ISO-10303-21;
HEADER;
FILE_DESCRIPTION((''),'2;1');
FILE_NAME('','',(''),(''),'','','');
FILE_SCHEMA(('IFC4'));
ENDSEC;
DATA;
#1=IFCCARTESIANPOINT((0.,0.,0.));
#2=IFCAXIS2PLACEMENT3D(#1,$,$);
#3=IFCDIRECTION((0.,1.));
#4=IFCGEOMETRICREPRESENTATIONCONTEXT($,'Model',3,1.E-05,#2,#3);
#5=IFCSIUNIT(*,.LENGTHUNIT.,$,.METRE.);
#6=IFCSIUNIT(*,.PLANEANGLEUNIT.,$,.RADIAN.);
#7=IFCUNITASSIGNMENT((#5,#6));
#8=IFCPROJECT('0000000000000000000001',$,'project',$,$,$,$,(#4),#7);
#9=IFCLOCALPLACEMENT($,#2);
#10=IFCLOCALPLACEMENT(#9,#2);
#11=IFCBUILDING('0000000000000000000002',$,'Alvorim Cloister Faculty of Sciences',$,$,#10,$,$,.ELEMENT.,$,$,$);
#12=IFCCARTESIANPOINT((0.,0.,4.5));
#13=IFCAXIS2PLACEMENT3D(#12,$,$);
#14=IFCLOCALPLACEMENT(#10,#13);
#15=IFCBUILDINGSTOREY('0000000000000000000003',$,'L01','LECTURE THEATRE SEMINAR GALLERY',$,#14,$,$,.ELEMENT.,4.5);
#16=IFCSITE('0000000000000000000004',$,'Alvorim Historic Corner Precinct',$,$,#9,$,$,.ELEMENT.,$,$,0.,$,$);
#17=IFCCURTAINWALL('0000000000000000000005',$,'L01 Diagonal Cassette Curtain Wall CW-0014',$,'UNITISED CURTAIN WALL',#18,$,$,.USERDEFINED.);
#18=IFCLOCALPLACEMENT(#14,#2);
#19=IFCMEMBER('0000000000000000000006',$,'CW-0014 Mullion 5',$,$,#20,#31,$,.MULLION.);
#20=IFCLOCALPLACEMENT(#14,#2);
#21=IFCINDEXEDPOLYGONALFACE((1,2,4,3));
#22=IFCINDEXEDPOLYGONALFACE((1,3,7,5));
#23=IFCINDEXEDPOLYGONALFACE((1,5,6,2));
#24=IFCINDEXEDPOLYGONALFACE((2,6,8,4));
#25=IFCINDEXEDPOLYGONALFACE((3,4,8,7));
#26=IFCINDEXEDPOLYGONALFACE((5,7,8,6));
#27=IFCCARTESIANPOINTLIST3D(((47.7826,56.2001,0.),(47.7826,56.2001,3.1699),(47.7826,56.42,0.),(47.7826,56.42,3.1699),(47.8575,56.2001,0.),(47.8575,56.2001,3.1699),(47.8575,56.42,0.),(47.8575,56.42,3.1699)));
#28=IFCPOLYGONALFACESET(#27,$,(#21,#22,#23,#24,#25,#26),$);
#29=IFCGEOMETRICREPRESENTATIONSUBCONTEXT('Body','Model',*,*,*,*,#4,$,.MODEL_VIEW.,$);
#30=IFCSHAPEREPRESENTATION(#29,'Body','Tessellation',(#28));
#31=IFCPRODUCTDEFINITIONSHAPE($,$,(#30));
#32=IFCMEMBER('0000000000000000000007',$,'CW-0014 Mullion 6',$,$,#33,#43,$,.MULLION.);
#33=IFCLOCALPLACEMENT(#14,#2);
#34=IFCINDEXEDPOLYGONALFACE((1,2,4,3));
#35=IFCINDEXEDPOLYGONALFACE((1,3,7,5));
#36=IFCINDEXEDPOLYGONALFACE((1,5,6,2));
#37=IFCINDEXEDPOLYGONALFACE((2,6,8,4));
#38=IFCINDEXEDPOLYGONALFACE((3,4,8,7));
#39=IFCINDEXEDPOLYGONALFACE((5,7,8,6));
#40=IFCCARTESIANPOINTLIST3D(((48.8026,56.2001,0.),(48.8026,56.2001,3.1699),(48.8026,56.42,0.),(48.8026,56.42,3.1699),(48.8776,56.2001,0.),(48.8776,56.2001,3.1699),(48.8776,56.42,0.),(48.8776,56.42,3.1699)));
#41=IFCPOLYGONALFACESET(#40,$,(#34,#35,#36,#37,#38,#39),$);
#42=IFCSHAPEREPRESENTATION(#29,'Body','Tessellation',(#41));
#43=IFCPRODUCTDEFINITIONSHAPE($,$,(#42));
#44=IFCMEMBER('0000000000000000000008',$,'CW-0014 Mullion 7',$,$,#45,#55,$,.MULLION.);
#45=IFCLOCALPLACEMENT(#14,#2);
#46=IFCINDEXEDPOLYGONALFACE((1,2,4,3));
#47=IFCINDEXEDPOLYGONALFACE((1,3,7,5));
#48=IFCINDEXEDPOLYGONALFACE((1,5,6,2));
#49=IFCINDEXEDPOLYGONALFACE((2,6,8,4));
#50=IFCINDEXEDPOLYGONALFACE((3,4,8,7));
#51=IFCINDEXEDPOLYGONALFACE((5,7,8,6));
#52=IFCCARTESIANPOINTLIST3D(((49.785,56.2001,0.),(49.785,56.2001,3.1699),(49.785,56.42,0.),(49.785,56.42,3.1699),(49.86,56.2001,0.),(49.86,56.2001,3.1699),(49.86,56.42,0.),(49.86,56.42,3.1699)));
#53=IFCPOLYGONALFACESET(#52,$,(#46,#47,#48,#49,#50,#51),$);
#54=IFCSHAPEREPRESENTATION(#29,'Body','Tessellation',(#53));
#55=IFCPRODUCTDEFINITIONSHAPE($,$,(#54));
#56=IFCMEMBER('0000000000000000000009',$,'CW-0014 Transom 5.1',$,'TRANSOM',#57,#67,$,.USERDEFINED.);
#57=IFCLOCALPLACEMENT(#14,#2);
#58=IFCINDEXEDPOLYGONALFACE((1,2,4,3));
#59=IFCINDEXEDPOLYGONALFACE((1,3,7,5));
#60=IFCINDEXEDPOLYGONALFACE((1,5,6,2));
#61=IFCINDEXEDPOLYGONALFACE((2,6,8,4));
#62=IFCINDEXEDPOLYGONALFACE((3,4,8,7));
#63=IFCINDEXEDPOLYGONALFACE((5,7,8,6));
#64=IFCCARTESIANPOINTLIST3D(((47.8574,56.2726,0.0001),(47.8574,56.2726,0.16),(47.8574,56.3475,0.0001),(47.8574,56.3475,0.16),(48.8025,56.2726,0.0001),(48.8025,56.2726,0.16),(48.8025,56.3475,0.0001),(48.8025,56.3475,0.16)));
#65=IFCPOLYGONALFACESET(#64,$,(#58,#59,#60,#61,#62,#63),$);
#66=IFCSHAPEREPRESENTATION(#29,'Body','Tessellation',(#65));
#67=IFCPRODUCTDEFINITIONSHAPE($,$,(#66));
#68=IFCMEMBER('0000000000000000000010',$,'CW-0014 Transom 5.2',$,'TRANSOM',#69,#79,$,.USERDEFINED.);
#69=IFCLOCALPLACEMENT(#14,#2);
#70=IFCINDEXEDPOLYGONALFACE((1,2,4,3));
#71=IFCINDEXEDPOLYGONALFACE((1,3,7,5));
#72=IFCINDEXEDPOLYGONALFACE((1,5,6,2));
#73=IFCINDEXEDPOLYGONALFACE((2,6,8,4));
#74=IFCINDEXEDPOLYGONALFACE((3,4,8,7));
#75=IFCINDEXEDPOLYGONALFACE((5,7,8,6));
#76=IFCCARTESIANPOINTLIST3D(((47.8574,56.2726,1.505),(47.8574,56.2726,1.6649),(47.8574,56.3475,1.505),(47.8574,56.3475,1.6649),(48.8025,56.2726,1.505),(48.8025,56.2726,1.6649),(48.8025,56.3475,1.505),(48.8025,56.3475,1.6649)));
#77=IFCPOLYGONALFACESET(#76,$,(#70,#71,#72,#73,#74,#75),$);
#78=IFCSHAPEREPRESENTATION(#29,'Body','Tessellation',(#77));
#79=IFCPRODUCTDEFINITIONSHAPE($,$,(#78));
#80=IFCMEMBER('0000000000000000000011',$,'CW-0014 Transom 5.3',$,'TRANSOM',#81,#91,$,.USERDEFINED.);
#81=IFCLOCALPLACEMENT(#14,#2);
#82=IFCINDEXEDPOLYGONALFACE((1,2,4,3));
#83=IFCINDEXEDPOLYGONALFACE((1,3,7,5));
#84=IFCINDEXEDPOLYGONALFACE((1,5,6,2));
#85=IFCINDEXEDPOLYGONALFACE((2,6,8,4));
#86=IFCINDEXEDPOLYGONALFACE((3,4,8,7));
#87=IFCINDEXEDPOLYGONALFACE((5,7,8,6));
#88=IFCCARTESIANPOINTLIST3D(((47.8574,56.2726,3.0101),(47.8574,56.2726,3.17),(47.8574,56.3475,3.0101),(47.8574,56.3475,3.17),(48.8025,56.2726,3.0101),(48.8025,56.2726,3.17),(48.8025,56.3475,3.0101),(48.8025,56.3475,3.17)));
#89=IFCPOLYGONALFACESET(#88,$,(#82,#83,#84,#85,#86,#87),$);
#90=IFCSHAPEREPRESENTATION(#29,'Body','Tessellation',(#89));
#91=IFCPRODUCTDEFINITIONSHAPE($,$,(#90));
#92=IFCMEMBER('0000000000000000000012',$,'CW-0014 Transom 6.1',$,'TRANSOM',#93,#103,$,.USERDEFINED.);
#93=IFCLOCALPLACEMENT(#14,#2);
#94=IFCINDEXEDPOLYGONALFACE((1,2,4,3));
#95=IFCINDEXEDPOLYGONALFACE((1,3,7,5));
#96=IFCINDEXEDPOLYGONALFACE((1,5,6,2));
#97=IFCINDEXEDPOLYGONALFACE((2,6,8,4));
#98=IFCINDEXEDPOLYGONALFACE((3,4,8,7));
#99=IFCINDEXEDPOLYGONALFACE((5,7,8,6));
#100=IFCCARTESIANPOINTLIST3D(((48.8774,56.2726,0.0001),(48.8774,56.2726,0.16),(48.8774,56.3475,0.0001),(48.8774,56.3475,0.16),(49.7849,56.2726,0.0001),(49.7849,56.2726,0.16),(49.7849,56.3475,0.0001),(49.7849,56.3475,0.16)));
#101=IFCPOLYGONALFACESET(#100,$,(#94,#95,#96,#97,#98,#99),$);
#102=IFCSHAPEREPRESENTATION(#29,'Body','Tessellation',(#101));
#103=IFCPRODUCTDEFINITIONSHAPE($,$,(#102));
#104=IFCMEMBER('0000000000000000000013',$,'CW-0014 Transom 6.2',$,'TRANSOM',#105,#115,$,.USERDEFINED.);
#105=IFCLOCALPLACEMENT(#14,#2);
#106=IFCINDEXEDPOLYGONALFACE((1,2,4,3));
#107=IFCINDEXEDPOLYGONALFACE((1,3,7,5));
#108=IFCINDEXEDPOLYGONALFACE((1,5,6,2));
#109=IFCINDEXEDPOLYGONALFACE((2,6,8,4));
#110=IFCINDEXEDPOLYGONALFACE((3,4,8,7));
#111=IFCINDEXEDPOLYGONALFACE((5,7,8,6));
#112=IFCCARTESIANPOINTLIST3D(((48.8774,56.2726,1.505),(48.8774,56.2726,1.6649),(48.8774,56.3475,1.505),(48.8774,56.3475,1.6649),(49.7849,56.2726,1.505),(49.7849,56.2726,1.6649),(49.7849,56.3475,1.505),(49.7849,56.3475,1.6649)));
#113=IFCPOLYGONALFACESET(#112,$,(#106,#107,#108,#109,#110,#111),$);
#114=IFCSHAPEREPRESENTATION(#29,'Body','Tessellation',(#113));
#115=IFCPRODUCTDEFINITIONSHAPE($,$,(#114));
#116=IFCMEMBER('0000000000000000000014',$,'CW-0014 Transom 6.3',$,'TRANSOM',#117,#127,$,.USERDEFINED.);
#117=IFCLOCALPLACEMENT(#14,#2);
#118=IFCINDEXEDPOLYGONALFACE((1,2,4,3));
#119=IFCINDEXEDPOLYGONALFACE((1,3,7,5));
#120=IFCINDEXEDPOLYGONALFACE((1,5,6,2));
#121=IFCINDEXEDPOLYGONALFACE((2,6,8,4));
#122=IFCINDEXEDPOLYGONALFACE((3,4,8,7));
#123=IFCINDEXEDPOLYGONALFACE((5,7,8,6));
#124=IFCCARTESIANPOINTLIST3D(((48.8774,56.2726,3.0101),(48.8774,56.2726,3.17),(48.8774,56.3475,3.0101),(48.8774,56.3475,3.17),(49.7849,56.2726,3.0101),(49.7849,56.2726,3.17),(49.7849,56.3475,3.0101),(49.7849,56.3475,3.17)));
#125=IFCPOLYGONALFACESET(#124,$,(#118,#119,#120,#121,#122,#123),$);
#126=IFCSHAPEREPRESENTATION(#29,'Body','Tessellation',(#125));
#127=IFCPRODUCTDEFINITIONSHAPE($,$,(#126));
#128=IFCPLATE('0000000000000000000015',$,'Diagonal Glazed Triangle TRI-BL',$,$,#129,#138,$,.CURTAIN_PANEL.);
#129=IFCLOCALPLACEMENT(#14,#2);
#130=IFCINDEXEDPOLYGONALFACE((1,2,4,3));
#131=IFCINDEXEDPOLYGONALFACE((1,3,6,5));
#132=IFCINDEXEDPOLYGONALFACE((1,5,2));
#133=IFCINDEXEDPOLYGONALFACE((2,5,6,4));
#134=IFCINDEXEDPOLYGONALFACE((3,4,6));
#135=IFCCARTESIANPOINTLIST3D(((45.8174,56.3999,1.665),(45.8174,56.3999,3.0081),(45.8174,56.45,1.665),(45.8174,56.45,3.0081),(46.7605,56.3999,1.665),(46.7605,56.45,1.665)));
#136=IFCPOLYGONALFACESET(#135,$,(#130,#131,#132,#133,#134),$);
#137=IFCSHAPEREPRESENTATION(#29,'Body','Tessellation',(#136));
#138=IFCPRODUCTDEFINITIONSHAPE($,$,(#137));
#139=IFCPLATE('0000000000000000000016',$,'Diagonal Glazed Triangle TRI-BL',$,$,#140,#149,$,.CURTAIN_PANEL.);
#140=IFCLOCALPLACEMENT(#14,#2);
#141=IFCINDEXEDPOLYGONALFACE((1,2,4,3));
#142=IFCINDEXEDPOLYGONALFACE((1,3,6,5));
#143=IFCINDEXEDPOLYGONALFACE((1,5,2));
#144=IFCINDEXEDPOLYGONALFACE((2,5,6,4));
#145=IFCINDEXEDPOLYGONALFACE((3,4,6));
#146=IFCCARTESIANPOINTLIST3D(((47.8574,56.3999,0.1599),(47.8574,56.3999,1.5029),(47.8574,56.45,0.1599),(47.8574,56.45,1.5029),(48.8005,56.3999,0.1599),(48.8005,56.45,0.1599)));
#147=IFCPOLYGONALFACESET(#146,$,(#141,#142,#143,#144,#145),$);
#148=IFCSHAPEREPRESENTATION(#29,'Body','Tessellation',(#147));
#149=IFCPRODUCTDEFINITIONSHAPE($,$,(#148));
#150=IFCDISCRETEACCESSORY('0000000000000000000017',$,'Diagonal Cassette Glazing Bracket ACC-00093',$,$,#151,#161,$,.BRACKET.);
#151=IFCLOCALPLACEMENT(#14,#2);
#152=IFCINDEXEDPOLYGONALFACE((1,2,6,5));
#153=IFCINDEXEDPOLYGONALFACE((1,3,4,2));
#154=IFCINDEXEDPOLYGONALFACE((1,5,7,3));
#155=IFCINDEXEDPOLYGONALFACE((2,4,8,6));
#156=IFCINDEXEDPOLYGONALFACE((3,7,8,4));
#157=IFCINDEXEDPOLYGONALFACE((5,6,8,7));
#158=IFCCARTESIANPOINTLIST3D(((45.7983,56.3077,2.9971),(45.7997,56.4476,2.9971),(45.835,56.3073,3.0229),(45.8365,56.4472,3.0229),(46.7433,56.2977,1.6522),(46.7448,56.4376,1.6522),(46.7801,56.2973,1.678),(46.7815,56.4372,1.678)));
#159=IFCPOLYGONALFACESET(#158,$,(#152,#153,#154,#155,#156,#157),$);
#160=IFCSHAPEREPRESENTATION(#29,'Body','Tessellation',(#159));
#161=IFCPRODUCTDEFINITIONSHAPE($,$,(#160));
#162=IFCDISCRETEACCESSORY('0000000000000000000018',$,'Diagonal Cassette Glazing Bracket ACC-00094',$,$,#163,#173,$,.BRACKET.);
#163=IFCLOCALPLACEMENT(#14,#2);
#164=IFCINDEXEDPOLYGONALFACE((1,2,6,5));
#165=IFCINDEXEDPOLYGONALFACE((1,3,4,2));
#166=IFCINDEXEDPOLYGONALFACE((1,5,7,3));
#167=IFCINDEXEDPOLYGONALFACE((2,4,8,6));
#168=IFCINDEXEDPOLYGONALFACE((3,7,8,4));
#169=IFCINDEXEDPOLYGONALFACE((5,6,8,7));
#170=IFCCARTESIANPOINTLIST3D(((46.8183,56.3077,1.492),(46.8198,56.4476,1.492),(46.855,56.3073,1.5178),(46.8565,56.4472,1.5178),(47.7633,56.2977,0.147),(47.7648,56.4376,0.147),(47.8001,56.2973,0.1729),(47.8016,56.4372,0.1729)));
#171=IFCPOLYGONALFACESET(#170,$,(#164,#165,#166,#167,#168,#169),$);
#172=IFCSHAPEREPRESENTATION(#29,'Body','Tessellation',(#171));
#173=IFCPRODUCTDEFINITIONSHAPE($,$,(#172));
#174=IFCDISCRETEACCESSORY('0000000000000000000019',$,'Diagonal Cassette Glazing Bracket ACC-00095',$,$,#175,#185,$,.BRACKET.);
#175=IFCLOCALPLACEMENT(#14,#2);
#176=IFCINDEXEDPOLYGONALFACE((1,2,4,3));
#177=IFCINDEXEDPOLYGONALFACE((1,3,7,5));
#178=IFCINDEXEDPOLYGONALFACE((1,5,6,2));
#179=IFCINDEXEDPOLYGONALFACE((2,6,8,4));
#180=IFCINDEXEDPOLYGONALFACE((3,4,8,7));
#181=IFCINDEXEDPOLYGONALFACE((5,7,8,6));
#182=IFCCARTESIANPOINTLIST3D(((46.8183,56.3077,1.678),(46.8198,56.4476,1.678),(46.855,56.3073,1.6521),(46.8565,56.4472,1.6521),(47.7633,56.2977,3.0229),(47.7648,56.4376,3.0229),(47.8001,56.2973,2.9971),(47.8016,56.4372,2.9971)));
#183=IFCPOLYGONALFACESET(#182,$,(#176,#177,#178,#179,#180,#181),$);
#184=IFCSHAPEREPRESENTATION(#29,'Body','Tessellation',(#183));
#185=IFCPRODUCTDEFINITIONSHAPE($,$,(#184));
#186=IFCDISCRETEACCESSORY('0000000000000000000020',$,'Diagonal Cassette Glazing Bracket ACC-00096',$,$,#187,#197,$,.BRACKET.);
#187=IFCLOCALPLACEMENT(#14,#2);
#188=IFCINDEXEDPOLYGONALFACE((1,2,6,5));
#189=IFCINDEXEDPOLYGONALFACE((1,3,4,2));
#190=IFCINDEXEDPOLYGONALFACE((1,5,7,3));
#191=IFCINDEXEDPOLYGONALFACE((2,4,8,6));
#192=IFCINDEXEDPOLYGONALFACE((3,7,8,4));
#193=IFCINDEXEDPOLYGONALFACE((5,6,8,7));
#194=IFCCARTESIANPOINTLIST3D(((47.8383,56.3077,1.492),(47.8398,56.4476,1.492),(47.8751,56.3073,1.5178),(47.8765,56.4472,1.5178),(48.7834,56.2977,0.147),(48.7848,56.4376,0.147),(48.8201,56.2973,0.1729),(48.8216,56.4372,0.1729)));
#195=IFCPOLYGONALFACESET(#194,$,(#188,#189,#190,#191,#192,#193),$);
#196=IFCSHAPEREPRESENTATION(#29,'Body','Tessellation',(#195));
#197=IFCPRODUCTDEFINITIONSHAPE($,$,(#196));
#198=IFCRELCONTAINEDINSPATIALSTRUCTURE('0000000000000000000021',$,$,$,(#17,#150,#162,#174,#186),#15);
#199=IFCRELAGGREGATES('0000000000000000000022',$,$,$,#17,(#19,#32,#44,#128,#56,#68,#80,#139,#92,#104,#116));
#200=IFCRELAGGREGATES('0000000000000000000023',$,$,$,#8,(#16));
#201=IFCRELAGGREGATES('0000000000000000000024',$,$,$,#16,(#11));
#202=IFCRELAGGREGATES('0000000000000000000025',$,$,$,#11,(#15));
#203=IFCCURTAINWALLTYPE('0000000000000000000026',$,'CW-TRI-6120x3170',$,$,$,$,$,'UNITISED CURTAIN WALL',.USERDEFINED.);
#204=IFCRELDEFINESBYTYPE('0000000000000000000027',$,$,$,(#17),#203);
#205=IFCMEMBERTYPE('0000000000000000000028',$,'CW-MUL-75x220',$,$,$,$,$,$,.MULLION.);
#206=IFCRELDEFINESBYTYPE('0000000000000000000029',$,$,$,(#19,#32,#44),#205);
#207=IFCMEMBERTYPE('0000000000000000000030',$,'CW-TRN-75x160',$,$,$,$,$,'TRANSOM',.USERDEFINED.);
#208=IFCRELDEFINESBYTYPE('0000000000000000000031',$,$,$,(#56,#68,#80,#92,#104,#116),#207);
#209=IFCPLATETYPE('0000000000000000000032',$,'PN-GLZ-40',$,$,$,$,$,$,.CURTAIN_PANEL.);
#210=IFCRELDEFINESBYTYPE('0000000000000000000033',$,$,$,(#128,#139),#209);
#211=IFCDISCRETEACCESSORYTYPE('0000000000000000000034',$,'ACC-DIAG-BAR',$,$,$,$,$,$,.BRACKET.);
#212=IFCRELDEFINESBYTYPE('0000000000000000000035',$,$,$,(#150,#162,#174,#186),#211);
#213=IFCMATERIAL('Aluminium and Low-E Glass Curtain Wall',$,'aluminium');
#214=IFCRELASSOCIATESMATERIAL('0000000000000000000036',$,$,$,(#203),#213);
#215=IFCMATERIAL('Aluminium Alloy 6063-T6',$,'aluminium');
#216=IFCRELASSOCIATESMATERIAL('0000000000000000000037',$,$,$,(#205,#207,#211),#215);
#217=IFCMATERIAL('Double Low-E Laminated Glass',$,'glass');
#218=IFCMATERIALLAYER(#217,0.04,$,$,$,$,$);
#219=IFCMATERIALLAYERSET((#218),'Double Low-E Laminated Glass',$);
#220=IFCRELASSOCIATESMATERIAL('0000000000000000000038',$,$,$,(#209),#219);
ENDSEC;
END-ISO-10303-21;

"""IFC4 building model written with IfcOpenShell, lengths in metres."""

from ifc_helpers import new_model, si_unit, direction, frame, origin, origin_2d, place, context, subcontext, project, spatial, polyline, rectangle, outline, extrude, material, layer, layer_set, material_profile, profile_set, type_object, element, aggregate, save


model = new_model("IFC4")

# Units and contexts
model_context = context("Model", 3, precision=1e-05, world=origin(), true_north=direction((0.0, 1.0)))
body_context = subcontext(model_context, "Body", "Model", "MODEL_VIEW")
ifc_project = project(units=[si_unit("LENGTHUNIT", "METRE"), si_unit("PLANEANGLEUNIT", "RADIAN")], contexts=[model_context])

# Site, building, storey
site_placement = place(None, origin())
site = spatial("IfcSite", under=ifc_project, at=site_placement, Name="Alvorim Historic Corner Precinct", CompositionType="ELEMENT", RefElevation=0.0)
building_placement = place(site_placement, origin())
building = spatial("IfcBuilding", under=site, at=building_placement, Name="Alvorim Cloister Faculty of Sciences", CompositionType="ELEMENT")
storey_placement = place(building_placement, frame((0.0, 0.0, 4.5)))
storey = spatial("IfcBuildingStorey", under=building, at=storey_placement, Name="L01", Description="LECTURE THEATRE SEMINAR GALLERY", CompositionType="ELEMENT", Elevation=4.5)

# Curtain wall, members, plates
ifc_material_1 = material(Name="Aluminium and Low-E Glass Curtain Wall", Category="aluminium")
curtain_wall_type = type_object("IfcCurtainWallType", Name="CW-TRI-6120x3170", ElementType="UNITISED CURTAIN WALL", PredefinedType="USERDEFINED", material=ifc_material_1)
curtain_wall_placement = place(storey_placement, origin())
curtain_wall = element("IfcCurtainWall", 1, at=curtain_wall_placement, inside=storey, type_object=curtain_wall_type, Name="L01 Diagonal Cassette Curtain Wall CW-0014", ObjectType="UNITISED CURTAIN WALL", PredefinedType="USERDEFINED")
ifc_material_2 = material(Name="Aluminium Alloy 6063-T6", Category="aluminium")
ifc_material_profile_1 = material_profile(ifc_material_2, rectangle(XDim=0.075, YDim=0.22, at=origin_2d()), Name="ALU-MUL-75x220")
ifc_profile_set_1 = profile_set([ifc_material_profile_1], Name="Aluminium Alloy 6063-T6")
member_type_1 = type_object("IfcMemberType", Name="CW-MUL-75x220", PredefinedType="MULLION", material=ifc_profile_set_1)
member_1_placement = place(storey_placement, frame((47.8201, 56.3101, 0.0), z_axis=(0.0, 0.0, 1.0), x_axis=(1.0, 0.0, 0.0)))
member_1 = element("IfcMember", 2, at=member_1_placement, type_object=member_type_1, Name="CW-0014 Mullion 5", PredefinedType="MULLION", context=body_context, shape_type="SweptSolid", body=[
    extrude(rectangle(XDim=0.075, YDim=0.22, at=origin_2d()), origin(), (0.0, 0.0, 1.0), 3.1699),
])
member_2_placement = place(storey_placement, frame((48.8401, 56.3101, 0.0), z_axis=(0.0, 0.0, 1.0), x_axis=(1.0, 0.0, 0.0)))
member_2 = element("IfcMember", 3, at=member_2_placement, type_object=member_type_1, Name="CW-0014 Mullion 6", PredefinedType="MULLION", context=body_context, shape_type="SweptSolid", body=[
    extrude(rectangle(XDim=0.075, YDim=0.22, at=origin_2d()), origin(), (0.0, 0.0, 1.0), 3.1699),
])
member_3_placement = place(storey_placement, frame((49.8225, 56.3101, 0.0), z_axis=(0.0, 0.0, 1.0), x_axis=(1.0, 0.0, 0.0)))
member_3 = element("IfcMember", 4, at=member_3_placement, type_object=member_type_1, Name="CW-0014 Mullion 7", PredefinedType="MULLION", context=body_context, shape_type="SweptSolid", body=[
    extrude(rectangle(XDim=0.075, YDim=0.22, at=origin_2d()), origin(), (0.0, 0.0, 1.0), 3.1699),
])
ifc_material_profile_2 = material_profile(ifc_material_2, rectangle(XDim=0.075, YDim=0.1599, at=origin_2d()), Name="ALU-TRN-75x160")
ifc_profile_set_2 = profile_set([ifc_material_profile_2], Name="Aluminium Alloy 6063-T6")
member_type_2 = type_object("IfcMemberType", Name="CW-TRN-75x160", ElementType="TRANSOM", PredefinedType="USERDEFINED", material=ifc_profile_set_2)
member_4_placement = place(storey_placement, frame((47.8574, 56.3101, 0.0801), z_axis=(1.0, 0.0, 0.0), x_axis=(0.0, 1.0, 0.0)))
member_4 = element("IfcMember", 5, at=member_4_placement, type_object=member_type_2, Name="CW-0014 Transom 5.1", ObjectType="TRANSOM", PredefinedType="USERDEFINED", context=body_context, shape_type="SweptSolid", body=[
    extrude(rectangle(XDim=0.075, YDim=0.1599, at=origin_2d()), origin(), (0.0, 0.0, 1.0), 0.9451),
])
member_5_placement = place(storey_placement, frame((47.8574, 56.3101, 1.585), z_axis=(1.0, 0.0, 0.0), x_axis=(0.0, 1.0, 0.0)))
member_5 = element("IfcMember", 6, at=member_5_placement, type_object=member_type_2, Name="CW-0014 Transom 5.2", ObjectType="TRANSOM", PredefinedType="USERDEFINED", context=body_context, shape_type="SweptSolid", body=[
    extrude(rectangle(XDim=0.075, YDim=0.1599, at=origin_2d()), origin(), (0.0, 0.0, 1.0), 0.9451),
])
member_6_placement = place(storey_placement, frame((47.8574, 56.3101, 3.0901), z_axis=(1.0, 0.0, 0.0), x_axis=(0.0, 1.0, 0.0)))
member_6 = element("IfcMember", 7, at=member_6_placement, type_object=member_type_2, Name="CW-0014 Transom 5.3", ObjectType="TRANSOM", PredefinedType="USERDEFINED", context=body_context, shape_type="SweptSolid", body=[
    extrude(rectangle(XDim=0.075, YDim=0.1599, at=origin_2d()), origin(), (0.0, 0.0, 1.0), 0.9451),
])
member_7_placement = place(storey_placement, frame((48.8774, 56.3101, 0.0801), z_axis=(1.0, 0.0, 0.0), x_axis=(0.0, 1.0, 0.0)))
member_7 = element("IfcMember", 8, at=member_7_placement, type_object=member_type_2, Name="CW-0014 Transom 6.1", ObjectType="TRANSOM", PredefinedType="USERDEFINED", context=body_context, shape_type="SweptSolid", body=[
    extrude(rectangle(XDim=0.075, YDim=0.1599, at=origin_2d()), origin(), (0.0, 0.0, 1.0), 0.9075),
])
member_8_placement = place(storey_placement, frame((48.8774, 56.3101, 1.585), z_axis=(1.0, 0.0, 0.0), x_axis=(0.0, 1.0, 0.0)))
member_8 = element("IfcMember", 9, at=member_8_placement, type_object=member_type_2, Name="CW-0014 Transom 6.2", ObjectType="TRANSOM", PredefinedType="USERDEFINED", context=body_context, shape_type="SweptSolid", body=[
    extrude(rectangle(XDim=0.075, YDim=0.1599, at=origin_2d()), origin(), (0.0, 0.0, 1.0), 0.9075),
])
member_9_placement = place(storey_placement, frame((48.8774, 56.3101, 3.0901), z_axis=(1.0, 0.0, 0.0), x_axis=(0.0, 1.0, 0.0)))
member_9 = element("IfcMember", 10, at=member_9_placement, type_object=member_type_2, Name="CW-0014 Transom 6.3", ObjectType="TRANSOM", PredefinedType="USERDEFINED", context=body_context, shape_type="SweptSolid", body=[
    extrude(rectangle(XDim=0.075, YDim=0.1599, at=origin_2d()), origin(), (0.0, 0.0, 1.0), 0.9075),
])
ifc_material_3 = material(Name="Double Low-E Laminated Glass", Category="glass")
ifc_layer = layer(ifc_material_3, 0.04)
ifc_layer_set = layer_set([ifc_layer], Name="Double Low-E Laminated Glass")
plate_type = type_object("IfcPlateType", Name="PN-GLZ-40", PredefinedType="CURTAIN_PANEL", material=ifc_layer_set)
plate_1_placement = place(storey_placement, frame((45.8174, 56.425, 1.665), z_axis=(0.0, 0.0, 1.0), x_axis=(1.0, 0.0, 0.0)))
plate_1 = element("IfcPlate", 11, at=plate_1_placement, type_object=plate_type, Name="Diagonal Glazed Triangle TRI-BL", PredefinedType="CURTAIN_PANEL", context=body_context, shape_type="SweptSolid", body=[
    extrude(outline(polyline([(0.0, 0.0), (0.9431, 0.0), (0.0, 1.343), (0.0, 0.0)])), frame((0.0, 0.0249, 0.0), z_axis=(0.0, -1.0, 0.0), x_axis=(1.0, 0.0, 0.0)), (0.0, 0.0, 1.0), 0.05),
])
plate_2_placement = place(storey_placement, frame((47.8574, 56.425, 0.1599), z_axis=(0.0, 0.0, 1.0), x_axis=(1.0, 0.0, 0.0)))
plate_2 = element("IfcPlate", 12, at=plate_2_placement, type_object=plate_type, Name="Diagonal Glazed Triangle TRI-BL", PredefinedType="CURTAIN_PANEL", context=body_context, shape_type="SweptSolid", body=[
    extrude(outline(polyline([(0.0, 0.0), (0.9431, 0.0), (0.0, 1.343), (0.0, 0.0)])), frame((0.0, 0.0249, 0.0), z_axis=(0.0, -1.0, 0.0), x_axis=(1.0, 0.0, 0.0)), (0.0, 0.0, 1.0), 0.05),
])
aggregate(curtain_wall, [member_1, member_2, member_3, plate_1, member_4, member_5, member_6, plate_2, member_7, member_8, member_9])

# Discrete accessories
discrete_accessory_type = type_object("IfcDiscreteAccessoryType", Name="ACC-DIAG-BAR", PredefinedType="BRACKET", material=ifc_material_2)
for number, where, z_axis, x_axis, name in (
    (13, (45.8174, 56.3774, 3.01), (0.574916, -0.006089, -0.81819), (0.010591, 0.999944, 0.0), "Diagonal Cassette Glazing Bracket ACC-00093"),
    (14, (46.8374, 56.3774, 1.5049), (0.574916, -0.006089, -0.81819), (0.010591, 0.999944, 0.0), "Diagonal Cassette Glazing Bracket ACC-00094"),
    (15, (46.8374, 56.3774, 1.665), (0.574916, -0.006089, 0.81819), (0.010591, 0.999944, 0.0), "Diagonal Cassette Glazing Bracket ACC-00095"),
    (16, (47.8574, 56.3774, 1.5049), (0.574916, -0.006089, -0.81819), (0.010591, 0.999944, 0.0), "Diagonal Cassette Glazing Bracket ACC-00096"),
):
    element("IfcDiscreteAccessory", number, at=place(storey_placement, frame(where, z_axis=z_axis, x_axis=x_axis)), inside=storey, type_object=discrete_accessory_type, Name=name, PredefinedType="BRACKET", context=body_context, shape_type="SweptSolid", body=[
        extrude(rectangle(XDim=0.1399, YDim=0.0449, at=origin_2d()), origin(), (0.0, 0.0, 1.0), 1.6438),
    ])

save(model, "model.ifc")
